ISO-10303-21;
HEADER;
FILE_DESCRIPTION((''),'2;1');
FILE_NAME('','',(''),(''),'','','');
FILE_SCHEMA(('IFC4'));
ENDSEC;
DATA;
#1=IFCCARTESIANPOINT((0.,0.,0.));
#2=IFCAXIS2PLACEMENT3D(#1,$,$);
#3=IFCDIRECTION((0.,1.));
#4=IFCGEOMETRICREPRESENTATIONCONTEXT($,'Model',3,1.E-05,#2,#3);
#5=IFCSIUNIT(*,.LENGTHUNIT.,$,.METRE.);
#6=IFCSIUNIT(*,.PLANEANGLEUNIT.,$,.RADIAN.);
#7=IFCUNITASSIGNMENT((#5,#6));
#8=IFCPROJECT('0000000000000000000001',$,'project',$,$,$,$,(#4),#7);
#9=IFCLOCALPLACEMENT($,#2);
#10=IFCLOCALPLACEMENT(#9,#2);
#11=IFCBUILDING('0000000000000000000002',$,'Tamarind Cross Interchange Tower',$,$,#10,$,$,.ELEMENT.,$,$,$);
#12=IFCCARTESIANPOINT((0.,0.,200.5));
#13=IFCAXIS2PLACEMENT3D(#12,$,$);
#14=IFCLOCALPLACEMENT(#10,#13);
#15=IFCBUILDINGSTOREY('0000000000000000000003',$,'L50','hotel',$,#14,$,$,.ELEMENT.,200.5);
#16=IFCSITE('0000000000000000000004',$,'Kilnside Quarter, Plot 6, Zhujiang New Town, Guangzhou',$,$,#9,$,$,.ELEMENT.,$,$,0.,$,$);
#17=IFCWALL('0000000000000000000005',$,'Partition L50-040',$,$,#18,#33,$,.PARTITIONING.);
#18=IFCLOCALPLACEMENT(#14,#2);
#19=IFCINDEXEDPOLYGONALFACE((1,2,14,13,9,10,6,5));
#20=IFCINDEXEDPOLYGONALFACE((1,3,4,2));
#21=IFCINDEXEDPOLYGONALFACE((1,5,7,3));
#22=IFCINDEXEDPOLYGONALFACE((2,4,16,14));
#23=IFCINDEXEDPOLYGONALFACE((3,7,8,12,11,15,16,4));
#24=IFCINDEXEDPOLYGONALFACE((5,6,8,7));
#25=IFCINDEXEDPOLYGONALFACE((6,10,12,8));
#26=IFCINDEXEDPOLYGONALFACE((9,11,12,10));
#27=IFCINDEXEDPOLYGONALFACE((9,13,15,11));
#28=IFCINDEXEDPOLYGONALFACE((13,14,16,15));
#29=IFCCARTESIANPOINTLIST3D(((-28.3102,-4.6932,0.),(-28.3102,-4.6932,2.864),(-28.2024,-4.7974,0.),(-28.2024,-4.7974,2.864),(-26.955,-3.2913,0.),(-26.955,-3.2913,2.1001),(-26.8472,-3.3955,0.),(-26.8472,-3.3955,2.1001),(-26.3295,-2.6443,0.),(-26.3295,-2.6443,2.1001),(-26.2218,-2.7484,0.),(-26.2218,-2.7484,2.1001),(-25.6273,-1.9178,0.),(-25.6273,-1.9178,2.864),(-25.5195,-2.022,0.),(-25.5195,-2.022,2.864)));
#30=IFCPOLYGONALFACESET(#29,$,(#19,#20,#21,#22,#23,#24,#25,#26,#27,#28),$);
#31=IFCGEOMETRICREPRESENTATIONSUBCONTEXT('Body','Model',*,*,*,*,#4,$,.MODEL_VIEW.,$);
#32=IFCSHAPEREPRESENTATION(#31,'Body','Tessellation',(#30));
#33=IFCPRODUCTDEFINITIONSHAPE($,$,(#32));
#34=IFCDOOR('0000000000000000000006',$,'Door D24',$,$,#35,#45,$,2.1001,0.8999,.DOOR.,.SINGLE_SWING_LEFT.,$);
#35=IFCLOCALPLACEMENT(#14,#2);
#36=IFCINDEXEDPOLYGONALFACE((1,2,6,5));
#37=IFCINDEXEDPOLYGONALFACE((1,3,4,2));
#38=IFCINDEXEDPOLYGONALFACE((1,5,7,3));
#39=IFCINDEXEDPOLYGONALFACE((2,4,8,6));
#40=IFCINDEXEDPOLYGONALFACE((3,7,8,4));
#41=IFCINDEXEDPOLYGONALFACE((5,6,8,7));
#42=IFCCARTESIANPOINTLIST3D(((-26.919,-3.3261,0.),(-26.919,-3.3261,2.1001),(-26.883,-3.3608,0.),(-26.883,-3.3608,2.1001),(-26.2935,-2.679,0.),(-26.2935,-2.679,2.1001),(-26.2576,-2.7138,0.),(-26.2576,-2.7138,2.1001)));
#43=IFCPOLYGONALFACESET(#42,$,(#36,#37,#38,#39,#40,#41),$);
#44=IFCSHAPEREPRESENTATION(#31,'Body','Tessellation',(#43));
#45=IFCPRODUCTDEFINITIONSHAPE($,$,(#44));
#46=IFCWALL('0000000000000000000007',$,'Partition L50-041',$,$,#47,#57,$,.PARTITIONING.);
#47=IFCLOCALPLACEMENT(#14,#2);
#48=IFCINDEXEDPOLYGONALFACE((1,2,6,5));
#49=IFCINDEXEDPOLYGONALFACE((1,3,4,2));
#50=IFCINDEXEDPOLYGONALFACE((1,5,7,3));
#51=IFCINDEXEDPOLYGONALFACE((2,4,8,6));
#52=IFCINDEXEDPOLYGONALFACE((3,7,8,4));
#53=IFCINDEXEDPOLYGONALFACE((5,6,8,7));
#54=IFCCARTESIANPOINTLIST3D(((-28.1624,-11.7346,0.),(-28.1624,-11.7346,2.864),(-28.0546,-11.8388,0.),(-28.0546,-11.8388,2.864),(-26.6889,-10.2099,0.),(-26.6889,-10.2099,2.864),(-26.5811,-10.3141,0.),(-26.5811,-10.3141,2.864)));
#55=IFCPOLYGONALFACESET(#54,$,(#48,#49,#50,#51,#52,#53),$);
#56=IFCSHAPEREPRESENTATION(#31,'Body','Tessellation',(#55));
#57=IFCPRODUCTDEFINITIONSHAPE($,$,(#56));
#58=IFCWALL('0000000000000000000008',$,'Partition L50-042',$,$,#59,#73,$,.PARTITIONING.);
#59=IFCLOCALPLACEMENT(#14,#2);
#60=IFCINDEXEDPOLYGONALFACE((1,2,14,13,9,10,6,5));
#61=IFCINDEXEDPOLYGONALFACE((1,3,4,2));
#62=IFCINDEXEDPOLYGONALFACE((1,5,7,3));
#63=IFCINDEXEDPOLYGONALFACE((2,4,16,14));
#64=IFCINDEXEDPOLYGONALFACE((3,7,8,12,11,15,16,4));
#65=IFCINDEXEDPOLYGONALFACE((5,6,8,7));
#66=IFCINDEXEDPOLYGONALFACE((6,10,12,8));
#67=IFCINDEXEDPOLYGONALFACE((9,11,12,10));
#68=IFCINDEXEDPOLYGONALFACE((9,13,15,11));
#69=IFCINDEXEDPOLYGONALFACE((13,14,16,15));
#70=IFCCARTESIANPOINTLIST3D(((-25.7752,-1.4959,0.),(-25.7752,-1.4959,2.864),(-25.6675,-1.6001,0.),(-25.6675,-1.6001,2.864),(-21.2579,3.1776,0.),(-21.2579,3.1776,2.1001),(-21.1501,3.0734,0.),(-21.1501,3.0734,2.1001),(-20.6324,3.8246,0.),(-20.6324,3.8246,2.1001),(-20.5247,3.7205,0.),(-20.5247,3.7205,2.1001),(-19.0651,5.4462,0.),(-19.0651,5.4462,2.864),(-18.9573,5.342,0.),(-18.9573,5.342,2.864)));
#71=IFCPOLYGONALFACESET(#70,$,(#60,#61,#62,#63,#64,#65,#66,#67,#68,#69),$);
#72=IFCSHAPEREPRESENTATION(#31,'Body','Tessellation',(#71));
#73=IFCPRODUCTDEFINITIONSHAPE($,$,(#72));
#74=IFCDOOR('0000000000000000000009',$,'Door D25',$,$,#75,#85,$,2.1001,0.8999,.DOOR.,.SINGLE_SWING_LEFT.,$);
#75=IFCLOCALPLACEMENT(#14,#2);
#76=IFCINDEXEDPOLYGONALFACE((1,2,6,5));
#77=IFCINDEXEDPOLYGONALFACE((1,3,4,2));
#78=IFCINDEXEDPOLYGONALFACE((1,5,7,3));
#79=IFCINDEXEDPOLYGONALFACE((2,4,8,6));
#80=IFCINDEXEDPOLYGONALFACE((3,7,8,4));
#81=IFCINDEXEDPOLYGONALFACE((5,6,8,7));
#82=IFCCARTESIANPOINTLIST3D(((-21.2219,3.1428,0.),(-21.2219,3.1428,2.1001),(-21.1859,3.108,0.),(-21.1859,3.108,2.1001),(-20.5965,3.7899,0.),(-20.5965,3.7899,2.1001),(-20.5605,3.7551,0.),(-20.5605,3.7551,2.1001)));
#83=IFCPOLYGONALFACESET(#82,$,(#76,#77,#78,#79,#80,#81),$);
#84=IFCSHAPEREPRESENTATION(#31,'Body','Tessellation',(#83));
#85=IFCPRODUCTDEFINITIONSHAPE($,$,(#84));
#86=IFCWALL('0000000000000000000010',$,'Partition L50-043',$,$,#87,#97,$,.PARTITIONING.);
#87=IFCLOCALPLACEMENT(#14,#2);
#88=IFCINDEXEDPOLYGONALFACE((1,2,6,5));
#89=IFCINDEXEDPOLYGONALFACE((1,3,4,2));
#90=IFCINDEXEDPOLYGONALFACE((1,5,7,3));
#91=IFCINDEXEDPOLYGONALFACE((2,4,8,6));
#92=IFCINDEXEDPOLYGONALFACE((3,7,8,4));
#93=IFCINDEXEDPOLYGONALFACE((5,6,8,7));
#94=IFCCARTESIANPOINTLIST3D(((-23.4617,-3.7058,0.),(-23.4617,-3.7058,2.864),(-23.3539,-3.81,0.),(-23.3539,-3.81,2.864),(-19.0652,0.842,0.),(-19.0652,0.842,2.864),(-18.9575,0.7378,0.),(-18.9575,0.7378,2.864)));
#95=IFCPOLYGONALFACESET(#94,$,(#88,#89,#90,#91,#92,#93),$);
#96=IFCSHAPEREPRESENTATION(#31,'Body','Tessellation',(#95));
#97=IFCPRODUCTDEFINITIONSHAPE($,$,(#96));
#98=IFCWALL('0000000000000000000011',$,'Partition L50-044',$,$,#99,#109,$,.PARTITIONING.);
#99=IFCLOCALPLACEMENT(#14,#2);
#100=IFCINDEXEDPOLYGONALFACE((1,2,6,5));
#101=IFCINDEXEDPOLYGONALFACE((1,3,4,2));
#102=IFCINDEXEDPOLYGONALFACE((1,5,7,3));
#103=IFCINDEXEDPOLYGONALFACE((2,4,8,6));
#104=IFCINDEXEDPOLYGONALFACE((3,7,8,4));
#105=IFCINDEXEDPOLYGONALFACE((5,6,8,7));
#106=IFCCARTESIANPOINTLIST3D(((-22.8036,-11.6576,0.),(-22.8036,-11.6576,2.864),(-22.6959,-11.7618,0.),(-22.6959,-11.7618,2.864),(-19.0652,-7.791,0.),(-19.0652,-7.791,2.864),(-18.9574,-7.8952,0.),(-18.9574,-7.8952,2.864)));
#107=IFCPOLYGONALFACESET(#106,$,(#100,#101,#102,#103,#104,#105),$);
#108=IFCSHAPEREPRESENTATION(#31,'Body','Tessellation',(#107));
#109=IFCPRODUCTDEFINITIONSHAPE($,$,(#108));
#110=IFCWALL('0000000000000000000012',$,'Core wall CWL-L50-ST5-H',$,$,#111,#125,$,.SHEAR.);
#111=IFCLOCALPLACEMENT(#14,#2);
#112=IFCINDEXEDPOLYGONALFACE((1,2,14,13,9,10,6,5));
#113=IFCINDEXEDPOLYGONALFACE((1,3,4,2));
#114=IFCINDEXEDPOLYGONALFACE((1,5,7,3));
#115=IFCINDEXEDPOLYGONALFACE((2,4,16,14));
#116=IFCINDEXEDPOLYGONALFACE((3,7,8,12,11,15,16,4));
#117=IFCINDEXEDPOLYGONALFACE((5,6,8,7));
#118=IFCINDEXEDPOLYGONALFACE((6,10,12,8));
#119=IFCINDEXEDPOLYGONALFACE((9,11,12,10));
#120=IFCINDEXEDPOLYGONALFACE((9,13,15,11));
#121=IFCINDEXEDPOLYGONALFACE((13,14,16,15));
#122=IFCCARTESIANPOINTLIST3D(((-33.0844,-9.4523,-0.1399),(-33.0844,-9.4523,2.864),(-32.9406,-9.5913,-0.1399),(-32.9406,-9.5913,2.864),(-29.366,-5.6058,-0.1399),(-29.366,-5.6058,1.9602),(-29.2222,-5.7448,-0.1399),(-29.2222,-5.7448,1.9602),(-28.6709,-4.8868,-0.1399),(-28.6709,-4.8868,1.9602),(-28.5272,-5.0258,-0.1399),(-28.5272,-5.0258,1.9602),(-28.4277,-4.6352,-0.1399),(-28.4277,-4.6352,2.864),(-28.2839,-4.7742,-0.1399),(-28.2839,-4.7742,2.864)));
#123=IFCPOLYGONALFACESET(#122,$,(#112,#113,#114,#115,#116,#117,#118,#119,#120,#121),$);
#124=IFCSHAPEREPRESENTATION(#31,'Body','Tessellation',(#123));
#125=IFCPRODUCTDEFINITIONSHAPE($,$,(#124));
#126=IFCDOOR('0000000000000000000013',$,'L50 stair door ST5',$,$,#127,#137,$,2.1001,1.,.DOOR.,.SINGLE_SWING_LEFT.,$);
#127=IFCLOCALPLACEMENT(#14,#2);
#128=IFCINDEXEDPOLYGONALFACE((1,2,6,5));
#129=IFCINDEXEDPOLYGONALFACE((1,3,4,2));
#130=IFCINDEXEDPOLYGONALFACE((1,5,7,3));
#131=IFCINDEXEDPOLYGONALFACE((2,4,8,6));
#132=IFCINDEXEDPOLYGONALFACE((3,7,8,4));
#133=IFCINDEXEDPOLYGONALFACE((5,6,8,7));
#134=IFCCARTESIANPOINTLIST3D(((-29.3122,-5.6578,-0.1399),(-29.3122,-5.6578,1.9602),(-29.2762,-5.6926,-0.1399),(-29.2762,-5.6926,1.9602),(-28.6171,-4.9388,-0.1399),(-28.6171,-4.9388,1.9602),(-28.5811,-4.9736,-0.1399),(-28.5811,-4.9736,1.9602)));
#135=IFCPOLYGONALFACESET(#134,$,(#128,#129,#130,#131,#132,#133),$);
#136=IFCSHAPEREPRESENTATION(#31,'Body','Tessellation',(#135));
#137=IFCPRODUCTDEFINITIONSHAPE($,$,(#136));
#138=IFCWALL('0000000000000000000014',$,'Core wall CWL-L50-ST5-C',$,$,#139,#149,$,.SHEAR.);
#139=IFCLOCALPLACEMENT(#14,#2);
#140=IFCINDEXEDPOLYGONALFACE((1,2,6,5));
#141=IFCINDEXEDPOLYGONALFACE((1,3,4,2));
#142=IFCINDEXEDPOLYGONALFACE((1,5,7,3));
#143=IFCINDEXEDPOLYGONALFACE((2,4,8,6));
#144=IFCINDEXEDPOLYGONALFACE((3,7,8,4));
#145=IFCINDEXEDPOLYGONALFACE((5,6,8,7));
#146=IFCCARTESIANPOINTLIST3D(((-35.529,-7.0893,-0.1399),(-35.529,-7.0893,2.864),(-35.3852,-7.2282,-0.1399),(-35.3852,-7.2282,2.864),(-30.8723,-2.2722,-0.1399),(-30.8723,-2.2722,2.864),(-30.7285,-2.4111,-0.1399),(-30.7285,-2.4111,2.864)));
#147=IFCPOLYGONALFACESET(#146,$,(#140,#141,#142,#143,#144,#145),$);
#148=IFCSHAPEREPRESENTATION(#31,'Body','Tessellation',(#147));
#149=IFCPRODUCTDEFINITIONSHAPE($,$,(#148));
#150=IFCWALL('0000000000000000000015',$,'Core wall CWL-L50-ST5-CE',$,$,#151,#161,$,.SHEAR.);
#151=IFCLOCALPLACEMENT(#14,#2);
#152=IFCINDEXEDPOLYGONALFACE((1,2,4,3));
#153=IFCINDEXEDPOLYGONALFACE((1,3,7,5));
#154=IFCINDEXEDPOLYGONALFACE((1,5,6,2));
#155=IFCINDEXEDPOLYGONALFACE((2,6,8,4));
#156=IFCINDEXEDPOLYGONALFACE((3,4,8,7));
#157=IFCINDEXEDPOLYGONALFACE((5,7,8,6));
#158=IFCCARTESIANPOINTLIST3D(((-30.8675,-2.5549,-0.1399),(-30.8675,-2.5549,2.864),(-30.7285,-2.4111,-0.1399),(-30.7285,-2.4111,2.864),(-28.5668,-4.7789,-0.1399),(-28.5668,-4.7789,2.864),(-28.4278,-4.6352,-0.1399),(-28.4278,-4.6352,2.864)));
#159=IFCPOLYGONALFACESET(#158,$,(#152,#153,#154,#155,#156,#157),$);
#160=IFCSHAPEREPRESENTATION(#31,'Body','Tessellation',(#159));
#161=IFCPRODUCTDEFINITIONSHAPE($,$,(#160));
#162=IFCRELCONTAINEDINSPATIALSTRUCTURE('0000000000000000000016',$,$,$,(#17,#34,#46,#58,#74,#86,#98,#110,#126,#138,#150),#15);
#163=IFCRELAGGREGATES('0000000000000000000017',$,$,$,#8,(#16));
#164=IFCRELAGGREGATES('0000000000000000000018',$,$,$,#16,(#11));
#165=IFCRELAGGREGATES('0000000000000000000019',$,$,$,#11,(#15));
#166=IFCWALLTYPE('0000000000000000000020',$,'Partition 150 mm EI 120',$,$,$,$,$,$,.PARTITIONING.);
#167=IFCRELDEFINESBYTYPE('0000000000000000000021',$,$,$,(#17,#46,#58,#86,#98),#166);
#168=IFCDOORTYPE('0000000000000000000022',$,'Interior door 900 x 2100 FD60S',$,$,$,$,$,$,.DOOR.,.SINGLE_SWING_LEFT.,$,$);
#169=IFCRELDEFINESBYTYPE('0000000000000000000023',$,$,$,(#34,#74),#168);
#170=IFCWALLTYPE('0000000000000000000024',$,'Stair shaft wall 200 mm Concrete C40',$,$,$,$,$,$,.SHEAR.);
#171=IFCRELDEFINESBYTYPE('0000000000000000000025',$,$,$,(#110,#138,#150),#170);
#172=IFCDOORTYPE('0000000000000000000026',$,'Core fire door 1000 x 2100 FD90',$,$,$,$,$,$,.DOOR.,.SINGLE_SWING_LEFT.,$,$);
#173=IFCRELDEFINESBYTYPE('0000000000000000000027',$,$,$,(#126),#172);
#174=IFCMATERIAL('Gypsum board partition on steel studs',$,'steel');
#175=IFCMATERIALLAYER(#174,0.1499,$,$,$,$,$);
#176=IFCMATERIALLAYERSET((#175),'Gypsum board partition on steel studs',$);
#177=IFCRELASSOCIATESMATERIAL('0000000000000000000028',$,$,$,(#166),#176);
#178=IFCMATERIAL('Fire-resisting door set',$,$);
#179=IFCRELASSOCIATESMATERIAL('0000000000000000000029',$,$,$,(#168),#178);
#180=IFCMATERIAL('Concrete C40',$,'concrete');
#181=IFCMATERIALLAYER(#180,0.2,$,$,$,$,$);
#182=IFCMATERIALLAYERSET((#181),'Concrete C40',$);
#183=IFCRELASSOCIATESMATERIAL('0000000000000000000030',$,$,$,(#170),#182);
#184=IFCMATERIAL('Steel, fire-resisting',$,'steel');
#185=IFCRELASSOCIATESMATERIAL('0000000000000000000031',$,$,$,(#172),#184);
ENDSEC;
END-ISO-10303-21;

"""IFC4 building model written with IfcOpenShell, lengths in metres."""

from ifc_helpers import new_model, si_unit, direction, frame, frame_2d, origin, place, context, subcontext, project, spatial, rectangle, extrude, material, layer, layer_set, type_object, element, fill, save


model = new_model("IFC4")

# Units and contexts
model_context = context("Model", 3, precision=1e-05, world=origin(), true_north=direction((0.0, 1.0)))
body_context = subcontext(model_context, "Body", "Model", "MODEL_VIEW")
ifc_project = project(units=[si_unit("LENGTHUNIT", "METRE"), si_unit("PLANEANGLEUNIT", "RADIAN")], contexts=[model_context])

# Site, building, storey
site_placement = place(None, origin())
site = spatial("IfcSite", under=ifc_project, at=site_placement, Name="Kilnside Quarter, Plot 6, Zhujiang New Town, Guangzhou", CompositionType="ELEMENT", RefElevation=0.0)
building_placement = place(site_placement, origin())
building = spatial("IfcBuilding", under=site, at=building_placement, Name="Tamarind Cross Interchange Tower", CompositionType="ELEMENT")
storey_placement = place(building_placement, frame((0.0, 0.0, 200.5)))
storey = spatial("IfcBuildingStorey", under=building, at=storey_placement, Name="L50", Description="hotel", CompositionType="ELEMENT", Elevation=200.5)

# Wall, opening, door
ifc_material_1 = material(Name="Gypsum board partition on steel studs", Category="steel")
ifc_layer_1 = layer(ifc_material_1, 0.1499)
ifc_layer_set_1 = layer_set([ifc_layer_1], Name="Gypsum board partition on steel studs")
wall_type_1 = type_object("IfcWallType", Name="Partition 150 mm EI 120", PredefinedType="PARTITIONING", material=ifc_layer_set_1)
ifc_material_2 = material(Name="Fire-resisting door set")
door_type_1 = type_object("IfcDoorType", Name="Interior door 900 x 2100 FD60S", OperationType="SINGLE_SWING_LEFT", PredefinedType="DOOR", material=ifc_material_2)
wall_1_placement = place(storey_placement, frame((-28.2563, -4.7454, 0.0), z_axis=(0.0, 0.0, 1.0), x_axis=(0.69502, 0.71899, 0.0)))
wall_1 = element("IfcWall", 1, at=wall_1_placement, inside=storey, type_object=wall_type_1, Name="Partition L50-040", PredefinedType="PARTITIONING", context=body_context, shape_type="SweptSolid", body=[
    extrude(rectangle(XDim=3.8601, YDim=0.1499, at=frame_2d((1.9302, 0.0))), origin(), (0.0, 0.0, 1.0), 2.864),
])
opening_1_placement = place(wall_1_placement, frame((1.95, 0.0, 0.0)))
opening_1 = element("IfcOpeningElement", 2, at=opening_1_placement, cuts=wall_1, PredefinedType="OPENING", context=body_context, shape_type="SweptSolid", body=[
    extrude(rectangle(XDim=0.8999, YDim=2.1001, at=frame_2d((0.45, 1.05))), frame((0.0, 0.085, 0.0), z_axis=(0.0, -1.0, 0.0), x_axis=(1.0, 0.0, 0.0)), (0.0, 0.0, 1.0), 0.1699),
])
door_1_placement = place(opening_1_placement, origin())
door_1 = element("IfcDoor", 3, at=door_1_placement, inside=storey, type_object=door_type_1, Name="Door D24", OperationType="SINGLE_SWING_LEFT", OverallHeight=2.1001, OverallWidth=0.8999, PredefinedType="DOOR", context=body_context, shape_type="SweptSolid", body=[
    extrude(rectangle(XDim=0.8999, YDim=2.1001, at=frame_2d((0.45, 1.05))), frame((0.0, 0.0249, 0.0), z_axis=(0.0, -1.0, 0.0), x_axis=(1.0, 0.0, 0.0)), (0.0, 0.0, 1.0), 0.05),
])
fill(opening_1, door_1)

# Wall
wall_2_placement = place(storey_placement, frame((-28.1084, -11.7866, 0.0), z_axis=(0.0, 0.0, 1.0), x_axis=(0.694913, 0.719094, 0.0)))
element("IfcWall", 4, at=wall_2_placement, inside=storey, type_object=wall_type_1, Name="Partition L50-041", PredefinedType="PARTITIONING", context=body_context, shape_type="SweptSolid", body=[
    extrude(rectangle(XDim=2.1204, YDim=0.1499, at=frame_2d((1.0601, 0.0))), origin(), (0.0, 0.0, 1.0), 2.864),
])

# Wall, opening, door
wall_3_placement = place(storey_placement, frame((-25.7214, -1.5481, 0.0), z_axis=(0.0, 0.0, 1.0), x_axis=(0.694994, 0.719016, 0.0)))
wall_3 = element("IfcWall", 5, at=wall_3_placement, inside=storey, type_object=wall_type_1, Name="Partition L50-042", PredefinedType="PARTITIONING", context=body_context, shape_type="SweptSolid", body=[
    extrude(rectangle(XDim=9.655, YDim=0.1499, at=frame_2d((4.8276, 0.0))), origin(), (0.0, 0.0, 1.0), 2.864),
])
opening_2_placement = place(wall_3_placement, frame((6.5, 0.0, 0.0)))
opening_2 = element("IfcOpeningElement", 6, at=opening_2_placement, cuts=wall_3, PredefinedType="OPENING", context=body_context, shape_type="SweptSolid", body=[
    extrude(rectangle(XDim=0.8999, YDim=2.1001, at=frame_2d((0.45, 1.05))), frame((0.0, 0.085, 0.0), z_axis=(0.0, -1.0, 0.0), x_axis=(1.0, 0.0, 0.0)), (0.0, 0.0, 1.0), 0.1699),
])
door_2_placement = place(opening_2_placement, origin())
door_2 = element("IfcDoor", 7, at=door_2_placement, inside=storey, type_object=door_type_1, Name="Door D25", OperationType="SINGLE_SWING_LEFT", OverallHeight=2.1001, OverallWidth=0.8999, PredefinedType="DOOR", context=body_context, shape_type="SweptSolid", body=[
    extrude(rectangle(XDim=0.8999, YDim=2.1001, at=frame_2d((0.45, 1.05))), frame((0.0, 0.0249, 0.0), z_axis=(0.0, -1.0, 0.0), x_axis=(1.0, 0.0, 0.0)), (0.0, 0.0, 1.0), 0.05),
])
fill(opening_2, door_2)

# Walls
wall_4_placement = place(storey_placement, frame((-23.4077, -3.7578, 0.0), z_axis=(0.0, 0.0, 1.0), x_axis=(0.695041, 0.71897, 0.0)))
element("IfcWall", 8, at=wall_4_placement, inside=storey, type_object=wall_type_1, Name="Partition L50-043", PredefinedType="PARTITIONING", context=body_context, shape_type="SweptSolid", body=[
    extrude(rectangle(XDim=6.3254, YDim=0.1499, at=frame_2d((3.1626, 0.0))), origin(), (0.0, 0.0, 1.0), 2.864),
])
wall_5_placement = place(storey_placement, frame((-22.7498, -11.7097, 0.0), z_axis=(0.0, 0.0, 1.0), x_axis=(0.695091, 0.718922, 0.0)))
element("IfcWall", 9, at=wall_5_placement, inside=storey, type_object=wall_type_1, Name="Partition L50-044", PredefinedType="PARTITIONING", context=body_context, shape_type="SweptSolid", body=[
    extrude(rectangle(XDim=5.3784, YDim=0.1499, at=frame_2d((2.6892, 0.0))), origin(), (0.0, 0.0, 1.0), 2.864),
])

# Wall, opening, door
ifc_material_3 = material(Name="Concrete C40", Category="concrete")
ifc_layer_2 = layer(ifc_material_3, 0.2)
ifc_layer_set_2 = layer_set([ifc_layer_2], Name="Concrete C40")
wall_type_2 = type_object("IfcWallType", Name="Stair shaft wall 200 mm Concrete C40", PredefinedType="SHEAR", material=ifc_layer_set_2)
wall_6_placement = place(storey_placement, frame((-28.3557, -4.7046, -0.1399), z_axis=(0.0, 0.0, 1.0), x_axis=(-0.695035, -0.718976, 0.0)))
wall_6 = element("IfcWall", 10, at=wall_6_placement, inside=storey, type_object=wall_type_2, Name="Core wall CWL-L50-ST5-H", PredefinedType="SHEAR", context=body_context, shape_type="SweptSolid", body=[
    extrude(rectangle(XDim=6.7, YDim=0.2, at=frame_2d((3.3501, 0.0))), origin(), (0.0, 0.0, 1.0), 3.0039),
])
opening_3_placement = place(wall_6_placement, frame((0.3501, 0.0, 0.0)))
opening_3 = element("IfcOpeningElement", 11, at=opening_3_placement, cuts=wall_6, PredefinedType="OPENING", context=body_context, shape_type="SweptSolid", body=[
    extrude(rectangle(XDim=1.0, YDim=2.1001, at=frame_2d((0.5, 1.05))), frame((0.0, 0.1099, 0.0), z_axis=(0.0, -1.0, 0.0), x_axis=(1.0, 0.0, 0.0)), (0.0, 0.0, 1.0), 0.22),
])
ifc_material_4 = material(Name="Steel, fire-resisting", Category="steel")
door_type_2 = type_object("IfcDoorType", Name="Core fire door 1000 x 2100 FD90", OperationType="SINGLE_SWING_LEFT", PredefinedType="DOOR", material=ifc_material_4)
door_3_placement = place(opening_3_placement, origin())
door_3 = element("IfcDoor", 12, at=door_3_placement, inside=storey, type_object=door_type_2, Name="L50 stair door ST5", OperationType="SINGLE_SWING_LEFT", OverallHeight=2.1001, OverallWidth=1.0, PredefinedType="DOOR", context=body_context, shape_type="SweptSolid", body=[
    extrude(rectangle(XDim=1.0, YDim=2.1001, at=frame_2d((0.5, 1.05))), frame((0.0, 0.0249, 0.0), z_axis=(0.0, -1.0, 0.0), x_axis=(1.0, 0.0, 0.0)), (0.0, 0.0, 1.0), 0.05),
])
fill(opening_3, door_3)

# Walls
wall_7_placement = place(storey_placement, frame((-30.8003, -2.3416, -0.1399), z_axis=(0.0, 0.0, 1.0), x_axis=(-0.695035, -0.718976, 0.0)))
element("IfcWall", 13, at=wall_7_placement, inside=storey, type_object=wall_type_2, Name="Core wall CWL-L50-ST5-C", PredefinedType="SHEAR", context=body_context, shape_type="SweptSolid", body=[
    extrude(rectangle(XDim=6.7, YDim=0.2, at=frame_2d((3.3501, 0.0))), origin(), (0.0, 0.0, 1.0), 3.0039),
])
wall_8_placement = place(storey_placement, frame((-30.7981, -2.4829, -0.1399), z_axis=(0.0, 0.0, 1.0), x_axis=(0.718983, -0.695027, 0.0)))
element("IfcWall", 14, at=wall_8_placement, inside=storey, type_object=wall_type_2, Name="Core wall CWL-L50-ST5-CE", PredefinedType="SHEAR", context=body_context, shape_type="SweptSolid", body=[
    extrude(rectangle(XDim=3.2, YDim=0.2, at=frame_2d((1.6001, 0.0))), origin(), (0.0, 0.0, 1.0), 3.0039),
])

save(model, "model.ifc")
